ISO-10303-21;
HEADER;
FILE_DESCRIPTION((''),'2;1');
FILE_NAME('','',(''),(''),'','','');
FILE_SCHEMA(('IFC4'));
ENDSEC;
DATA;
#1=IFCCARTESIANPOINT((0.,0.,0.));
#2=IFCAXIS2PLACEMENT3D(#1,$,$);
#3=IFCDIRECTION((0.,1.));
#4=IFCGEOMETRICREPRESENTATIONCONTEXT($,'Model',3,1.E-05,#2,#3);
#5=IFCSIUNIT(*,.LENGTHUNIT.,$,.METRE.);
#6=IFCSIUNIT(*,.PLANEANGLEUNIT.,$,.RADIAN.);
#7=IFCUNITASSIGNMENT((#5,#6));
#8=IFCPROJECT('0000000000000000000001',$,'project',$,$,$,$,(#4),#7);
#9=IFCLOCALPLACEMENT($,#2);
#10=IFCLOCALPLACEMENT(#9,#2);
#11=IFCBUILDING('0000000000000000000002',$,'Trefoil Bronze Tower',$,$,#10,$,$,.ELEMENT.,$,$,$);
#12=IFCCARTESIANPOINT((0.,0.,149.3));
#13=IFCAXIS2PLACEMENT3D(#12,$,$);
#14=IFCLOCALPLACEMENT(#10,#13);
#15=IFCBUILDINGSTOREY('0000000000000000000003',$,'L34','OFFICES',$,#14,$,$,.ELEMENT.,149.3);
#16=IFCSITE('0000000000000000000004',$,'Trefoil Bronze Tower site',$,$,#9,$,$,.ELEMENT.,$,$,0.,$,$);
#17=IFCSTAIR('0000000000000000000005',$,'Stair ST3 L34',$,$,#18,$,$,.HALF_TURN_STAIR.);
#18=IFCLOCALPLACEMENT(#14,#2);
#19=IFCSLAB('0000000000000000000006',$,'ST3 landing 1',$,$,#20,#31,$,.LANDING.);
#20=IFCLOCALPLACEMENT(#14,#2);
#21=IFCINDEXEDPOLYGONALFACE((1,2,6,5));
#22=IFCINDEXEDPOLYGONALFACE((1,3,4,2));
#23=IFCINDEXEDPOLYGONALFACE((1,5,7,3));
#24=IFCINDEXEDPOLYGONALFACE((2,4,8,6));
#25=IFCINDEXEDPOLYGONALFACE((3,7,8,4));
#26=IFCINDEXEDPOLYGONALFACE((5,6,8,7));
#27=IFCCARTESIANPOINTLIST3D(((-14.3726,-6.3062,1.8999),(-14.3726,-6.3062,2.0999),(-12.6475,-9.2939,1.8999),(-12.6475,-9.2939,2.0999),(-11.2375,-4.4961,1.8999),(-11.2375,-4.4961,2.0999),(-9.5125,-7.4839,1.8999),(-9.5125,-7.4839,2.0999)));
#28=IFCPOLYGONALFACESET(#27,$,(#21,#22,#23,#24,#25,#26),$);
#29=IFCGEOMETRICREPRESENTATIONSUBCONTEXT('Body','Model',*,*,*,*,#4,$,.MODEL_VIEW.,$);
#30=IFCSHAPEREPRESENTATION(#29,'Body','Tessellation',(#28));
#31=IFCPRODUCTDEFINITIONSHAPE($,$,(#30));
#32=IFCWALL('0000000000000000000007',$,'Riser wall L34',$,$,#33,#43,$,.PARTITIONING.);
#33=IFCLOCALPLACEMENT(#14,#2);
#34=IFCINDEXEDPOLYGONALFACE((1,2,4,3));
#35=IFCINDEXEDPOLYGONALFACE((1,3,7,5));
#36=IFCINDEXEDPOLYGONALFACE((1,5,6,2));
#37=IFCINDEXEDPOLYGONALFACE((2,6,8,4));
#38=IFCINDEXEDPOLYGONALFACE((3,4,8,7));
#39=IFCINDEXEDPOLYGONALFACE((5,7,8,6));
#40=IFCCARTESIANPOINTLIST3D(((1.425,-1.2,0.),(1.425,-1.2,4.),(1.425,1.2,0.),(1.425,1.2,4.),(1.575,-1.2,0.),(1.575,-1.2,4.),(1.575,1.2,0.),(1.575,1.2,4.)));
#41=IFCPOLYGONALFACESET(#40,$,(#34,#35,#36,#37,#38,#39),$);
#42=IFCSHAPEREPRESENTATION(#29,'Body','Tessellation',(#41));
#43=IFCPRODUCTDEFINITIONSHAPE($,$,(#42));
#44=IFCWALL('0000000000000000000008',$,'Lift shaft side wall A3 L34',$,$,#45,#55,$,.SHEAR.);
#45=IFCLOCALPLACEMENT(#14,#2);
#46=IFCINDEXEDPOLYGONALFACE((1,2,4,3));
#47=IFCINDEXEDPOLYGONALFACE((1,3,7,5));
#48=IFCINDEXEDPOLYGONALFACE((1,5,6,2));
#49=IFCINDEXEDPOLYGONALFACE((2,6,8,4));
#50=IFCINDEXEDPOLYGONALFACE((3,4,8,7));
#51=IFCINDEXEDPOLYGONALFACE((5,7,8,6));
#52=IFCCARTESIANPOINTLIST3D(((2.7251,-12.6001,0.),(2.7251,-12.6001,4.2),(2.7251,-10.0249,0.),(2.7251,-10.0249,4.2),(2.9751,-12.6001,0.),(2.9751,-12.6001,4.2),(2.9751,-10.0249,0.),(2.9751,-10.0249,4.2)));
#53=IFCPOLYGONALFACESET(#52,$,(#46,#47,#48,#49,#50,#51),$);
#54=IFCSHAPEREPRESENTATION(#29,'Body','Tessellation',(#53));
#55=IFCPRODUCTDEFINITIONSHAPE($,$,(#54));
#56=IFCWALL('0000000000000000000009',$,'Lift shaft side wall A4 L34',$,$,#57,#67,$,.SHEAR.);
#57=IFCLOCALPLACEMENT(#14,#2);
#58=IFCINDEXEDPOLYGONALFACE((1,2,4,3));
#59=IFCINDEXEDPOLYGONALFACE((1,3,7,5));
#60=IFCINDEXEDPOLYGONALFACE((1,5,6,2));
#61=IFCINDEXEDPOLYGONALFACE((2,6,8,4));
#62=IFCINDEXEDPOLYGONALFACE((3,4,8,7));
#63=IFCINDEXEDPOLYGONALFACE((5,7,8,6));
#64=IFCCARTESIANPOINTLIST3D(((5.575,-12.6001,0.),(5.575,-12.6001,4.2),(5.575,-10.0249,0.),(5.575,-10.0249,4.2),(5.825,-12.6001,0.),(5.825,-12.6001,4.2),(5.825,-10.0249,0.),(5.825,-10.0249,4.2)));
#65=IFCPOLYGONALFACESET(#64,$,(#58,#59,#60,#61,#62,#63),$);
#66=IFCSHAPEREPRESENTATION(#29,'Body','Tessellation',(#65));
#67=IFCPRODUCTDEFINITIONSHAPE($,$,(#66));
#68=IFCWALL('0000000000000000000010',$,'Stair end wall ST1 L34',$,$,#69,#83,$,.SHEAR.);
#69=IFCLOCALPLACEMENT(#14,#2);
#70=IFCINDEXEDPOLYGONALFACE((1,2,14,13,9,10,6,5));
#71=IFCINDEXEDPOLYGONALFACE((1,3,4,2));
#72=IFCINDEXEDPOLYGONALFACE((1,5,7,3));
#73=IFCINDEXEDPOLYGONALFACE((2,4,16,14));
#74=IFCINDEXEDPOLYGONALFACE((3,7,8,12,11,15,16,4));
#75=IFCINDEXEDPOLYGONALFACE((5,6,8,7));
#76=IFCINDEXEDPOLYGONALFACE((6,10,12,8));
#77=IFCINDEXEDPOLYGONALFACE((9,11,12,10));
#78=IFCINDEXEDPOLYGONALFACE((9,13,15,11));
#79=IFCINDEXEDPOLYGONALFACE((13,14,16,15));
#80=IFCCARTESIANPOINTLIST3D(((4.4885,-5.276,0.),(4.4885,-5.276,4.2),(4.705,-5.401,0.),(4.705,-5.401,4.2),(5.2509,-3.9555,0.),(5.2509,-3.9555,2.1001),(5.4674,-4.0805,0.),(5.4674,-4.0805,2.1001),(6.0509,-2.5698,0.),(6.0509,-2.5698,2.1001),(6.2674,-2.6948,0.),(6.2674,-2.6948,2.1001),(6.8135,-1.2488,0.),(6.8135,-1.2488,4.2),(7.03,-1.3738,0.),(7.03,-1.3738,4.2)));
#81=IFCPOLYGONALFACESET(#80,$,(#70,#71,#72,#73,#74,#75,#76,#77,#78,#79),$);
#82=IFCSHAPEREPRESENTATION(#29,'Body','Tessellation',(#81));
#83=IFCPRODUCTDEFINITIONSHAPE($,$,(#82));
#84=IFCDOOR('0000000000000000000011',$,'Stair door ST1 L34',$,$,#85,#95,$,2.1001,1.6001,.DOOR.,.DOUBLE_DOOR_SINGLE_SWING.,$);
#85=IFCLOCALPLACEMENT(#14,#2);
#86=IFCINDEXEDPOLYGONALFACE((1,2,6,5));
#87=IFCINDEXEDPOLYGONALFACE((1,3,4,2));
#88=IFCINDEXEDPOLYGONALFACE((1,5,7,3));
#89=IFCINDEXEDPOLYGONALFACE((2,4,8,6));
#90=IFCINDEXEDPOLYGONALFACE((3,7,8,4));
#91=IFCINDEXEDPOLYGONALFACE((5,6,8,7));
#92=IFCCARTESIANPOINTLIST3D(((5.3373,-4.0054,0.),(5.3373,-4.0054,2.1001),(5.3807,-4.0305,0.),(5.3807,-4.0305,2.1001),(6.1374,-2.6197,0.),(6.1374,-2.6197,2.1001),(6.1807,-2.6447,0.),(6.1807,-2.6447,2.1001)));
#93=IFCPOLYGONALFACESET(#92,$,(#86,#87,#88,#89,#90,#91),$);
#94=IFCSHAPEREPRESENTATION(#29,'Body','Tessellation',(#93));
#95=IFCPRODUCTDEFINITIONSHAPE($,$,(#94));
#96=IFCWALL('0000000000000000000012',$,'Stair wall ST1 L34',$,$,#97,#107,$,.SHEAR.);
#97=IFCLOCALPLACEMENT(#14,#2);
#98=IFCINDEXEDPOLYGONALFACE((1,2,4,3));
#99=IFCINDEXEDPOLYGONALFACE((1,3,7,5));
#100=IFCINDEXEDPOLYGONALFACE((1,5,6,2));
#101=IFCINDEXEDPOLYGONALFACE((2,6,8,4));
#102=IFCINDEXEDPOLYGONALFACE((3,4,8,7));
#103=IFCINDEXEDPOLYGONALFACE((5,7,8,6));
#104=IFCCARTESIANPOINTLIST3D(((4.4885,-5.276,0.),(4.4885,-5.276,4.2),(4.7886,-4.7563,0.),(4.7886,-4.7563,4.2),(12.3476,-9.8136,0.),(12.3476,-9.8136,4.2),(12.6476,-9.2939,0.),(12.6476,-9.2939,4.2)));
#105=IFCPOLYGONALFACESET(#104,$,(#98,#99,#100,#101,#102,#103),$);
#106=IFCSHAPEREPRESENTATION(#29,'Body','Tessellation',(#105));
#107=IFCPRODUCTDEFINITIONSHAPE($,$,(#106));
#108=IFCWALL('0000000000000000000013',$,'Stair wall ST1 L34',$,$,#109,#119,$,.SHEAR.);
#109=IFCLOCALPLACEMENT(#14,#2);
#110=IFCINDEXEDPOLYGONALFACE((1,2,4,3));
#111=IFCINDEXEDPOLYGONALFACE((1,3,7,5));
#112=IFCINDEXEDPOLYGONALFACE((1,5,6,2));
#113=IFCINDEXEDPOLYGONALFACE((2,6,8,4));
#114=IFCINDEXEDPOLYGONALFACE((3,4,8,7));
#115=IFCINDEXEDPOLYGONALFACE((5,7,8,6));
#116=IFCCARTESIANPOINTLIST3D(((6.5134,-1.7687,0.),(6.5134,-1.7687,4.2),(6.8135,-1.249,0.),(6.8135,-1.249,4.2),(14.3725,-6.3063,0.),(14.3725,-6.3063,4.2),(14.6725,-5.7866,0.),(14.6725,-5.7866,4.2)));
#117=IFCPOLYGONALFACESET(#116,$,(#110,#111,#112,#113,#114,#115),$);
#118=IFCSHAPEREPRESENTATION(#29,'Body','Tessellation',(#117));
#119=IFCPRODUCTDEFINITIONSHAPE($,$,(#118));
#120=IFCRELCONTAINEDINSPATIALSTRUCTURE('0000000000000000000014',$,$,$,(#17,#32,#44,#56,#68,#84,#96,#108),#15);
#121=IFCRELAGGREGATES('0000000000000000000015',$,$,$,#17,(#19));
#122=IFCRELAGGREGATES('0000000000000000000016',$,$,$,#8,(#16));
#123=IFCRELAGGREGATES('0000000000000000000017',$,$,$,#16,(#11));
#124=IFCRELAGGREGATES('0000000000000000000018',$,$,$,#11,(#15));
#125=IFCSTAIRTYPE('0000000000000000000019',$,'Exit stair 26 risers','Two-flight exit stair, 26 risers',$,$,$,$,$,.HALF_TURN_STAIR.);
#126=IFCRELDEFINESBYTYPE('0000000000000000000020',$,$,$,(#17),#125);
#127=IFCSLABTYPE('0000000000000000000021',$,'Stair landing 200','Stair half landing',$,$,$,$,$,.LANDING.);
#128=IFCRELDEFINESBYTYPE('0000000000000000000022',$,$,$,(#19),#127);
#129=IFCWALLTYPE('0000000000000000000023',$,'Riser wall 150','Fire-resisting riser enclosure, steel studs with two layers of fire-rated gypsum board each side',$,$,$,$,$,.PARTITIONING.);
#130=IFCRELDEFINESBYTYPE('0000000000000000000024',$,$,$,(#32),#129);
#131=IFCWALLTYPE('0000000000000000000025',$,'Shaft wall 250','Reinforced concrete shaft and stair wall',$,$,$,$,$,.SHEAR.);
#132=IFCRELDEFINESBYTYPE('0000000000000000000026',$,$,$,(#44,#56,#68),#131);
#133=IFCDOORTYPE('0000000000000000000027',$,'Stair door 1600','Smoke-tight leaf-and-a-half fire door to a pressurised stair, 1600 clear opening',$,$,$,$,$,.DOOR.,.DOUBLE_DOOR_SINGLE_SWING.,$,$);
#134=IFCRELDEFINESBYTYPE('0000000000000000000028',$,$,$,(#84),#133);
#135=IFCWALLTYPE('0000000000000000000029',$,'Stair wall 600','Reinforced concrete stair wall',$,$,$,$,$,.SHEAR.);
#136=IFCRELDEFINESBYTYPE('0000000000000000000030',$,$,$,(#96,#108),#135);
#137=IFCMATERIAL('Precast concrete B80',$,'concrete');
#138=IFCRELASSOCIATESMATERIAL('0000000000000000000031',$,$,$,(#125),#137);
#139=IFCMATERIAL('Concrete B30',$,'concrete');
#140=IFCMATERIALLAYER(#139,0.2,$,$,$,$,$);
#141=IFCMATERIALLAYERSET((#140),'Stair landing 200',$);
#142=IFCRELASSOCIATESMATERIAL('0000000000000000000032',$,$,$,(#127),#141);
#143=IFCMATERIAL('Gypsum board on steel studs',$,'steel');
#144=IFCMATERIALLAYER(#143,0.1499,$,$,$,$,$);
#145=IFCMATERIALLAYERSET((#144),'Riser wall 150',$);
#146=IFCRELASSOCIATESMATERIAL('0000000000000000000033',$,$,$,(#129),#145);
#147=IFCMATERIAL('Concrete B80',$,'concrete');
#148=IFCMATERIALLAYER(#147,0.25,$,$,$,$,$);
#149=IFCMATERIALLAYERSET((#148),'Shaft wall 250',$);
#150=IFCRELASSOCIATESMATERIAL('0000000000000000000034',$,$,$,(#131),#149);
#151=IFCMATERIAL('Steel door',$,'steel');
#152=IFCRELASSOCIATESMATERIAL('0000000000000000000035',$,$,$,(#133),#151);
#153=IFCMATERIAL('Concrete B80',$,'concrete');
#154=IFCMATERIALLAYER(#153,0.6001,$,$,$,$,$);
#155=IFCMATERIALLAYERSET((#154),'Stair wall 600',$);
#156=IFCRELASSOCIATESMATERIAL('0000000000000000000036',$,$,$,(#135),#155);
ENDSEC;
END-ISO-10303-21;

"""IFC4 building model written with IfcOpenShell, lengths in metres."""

from ifc_helpers import new_model, si_unit, direction, frame, frame_2d, origin, place, context, subcontext, project, spatial, polyline, rectangle, outline, extrude, material, layer, layer_set, type_object, element, fill, aggregate, save


model = new_model("IFC4")

# Units and contexts
model_context = context("Model", 3, precision=1e-05, world=origin(), true_north=direction((0.0, 1.0)))
body_context = subcontext(model_context, "Body", "Model", "MODEL_VIEW")
ifc_project = project(units=[si_unit("LENGTHUNIT", "METRE"), si_unit("PLANEANGLEUNIT", "RADIAN")], contexts=[model_context])

# Site, building, storey
site_placement = place(None, origin())
site = spatial("IfcSite", under=ifc_project, at=site_placement, Name="Trefoil Bronze Tower site", CompositionType="ELEMENT", RefElevation=0.0)
building_placement = place(site_placement, origin())
building = spatial("IfcBuilding", under=site, at=building_placement, Name="Trefoil Bronze Tower", CompositionType="ELEMENT")
storey_placement = place(building_placement, frame((0.0, 0.0, 149.3)))
storey = spatial("IfcBuildingStorey", under=building, at=storey_placement, Name="L34", Description="OFFICES", CompositionType="ELEMENT", Elevation=149.3)

# Stair, slab
ifc_material_1 = material(Name="Precast concrete B80", Category="concrete")
stair_type = type_object("IfcStairType", Name="Exit stair 26 risers", Description="Two-flight exit stair, 26 risers", PredefinedType="HALF_TURN_STAIR", material=ifc_material_1)
stair_placement = place(storey_placement, origin())
stair = element("IfcStair", 1, at=stair_placement, inside=storey, type_object=stair_type, Name="Stair ST3 L34", PredefinedType="HALF_TURN_STAIR")
ifc_material_2 = material(Name="Concrete B30", Category="concrete")
ifc_layer_1 = layer(ifc_material_2, 0.2)
ifc_layer_set_1 = layer_set([ifc_layer_1], Name="Stair landing 200")
slab_type = type_object("IfcSlabType", Name="Stair landing 200", Description="Stair half landing", PredefinedType="LANDING", material=ifc_layer_set_1)
slab_placement = place(storey_placement, frame((0.0, 0.0, 1.8999)))
slab = element("IfcSlab", 2, at=slab_placement, type_object=slab_type, Name="ST3 landing 1", PredefinedType="LANDING", context=body_context, shape_type="SweptSolid", body=[
    extrude(outline(polyline([(-11.2375, -4.4961), (-14.3726, -6.3062), (-12.6475, -9.2939), (-9.5125, -7.4839), (-11.2375, -4.4961)])), origin(), (0.0, 0.0, 1.0), 0.2),
])
aggregate(stair, [slab])

# Walls
ifc_material_3 = material(Name="Gypsum board on steel studs", Category="steel")
ifc_layer_2 = layer(ifc_material_3, 0.1499)
ifc_layer_set_2 = layer_set([ifc_layer_2], Name="Riser wall 150")
wall_type_1 = type_object("IfcWallType", Name="Riser wall 150", Description="Fire-resisting riser enclosure, steel studs with two layers of fire-rated gypsum board each side", PredefinedType="PARTITIONING", material=ifc_layer_set_2)
wall_1_placement = place(storey_placement, frame((1.5, -1.2, 0.0), z_axis=(0.0, 0.0, 1.0), x_axis=(0.0, 1.0, 0.0)))
element("IfcWall", 3, at=wall_1_placement, inside=storey, type_object=wall_type_1, Name="Riser wall L34", PredefinedType="PARTITIONING", context=body_context, shape_type="SweptSolid", body=[
    extrude(rectangle(XDim=2.3999, YDim=0.1499, at=frame_2d((1.2, 0.0))), origin(), (0.0, 0.0, 1.0), 4.0),
])
ifc_material_4 = material(Name="Concrete B80", Category="concrete")
ifc_layer_3 = layer(ifc_material_4, 0.25)
ifc_layer_set_3 = layer_set([ifc_layer_3], Name="Shaft wall 250")
wall_type_2 = type_object("IfcWallType", Name="Shaft wall 250", Description="Reinforced concrete shaft and stair wall", PredefinedType="SHEAR", material=ifc_layer_set_3)
for number, where, z_axis, x_axis, name in (
    (4, (2.8501, -10.0249, 0.0), (0.0, 0.0, 1.0), (0.0, -1.0, 0.0), "Lift shaft side wall A3 L34"),
    (5, (5.7, -10.0249, 0.0), (0.0, 0.0, 1.0), (0.0, -1.0, 0.0), "Lift shaft side wall A4 L34"),
):
    element("IfcWall", number, at=place(storey_placement, frame(where, z_axis=z_axis, x_axis=x_axis)), inside=storey, type_object=wall_type_2, Name=name, PredefinedType="SHEAR", context=body_context, shape_type="SweptSolid", body=[
        extrude(rectangle(XDim=2.5752, YDim=0.25, at=frame_2d((1.2876, 0.0))), origin(), (0.0, 0.0, 1.0), 4.2),
    ])

# Wall, opening, door
wall_2_placement = place(storey_placement, frame((4.5967, -5.3386, 0.0), z_axis=(0.0, 0.0, 1.0), x_axis=(0.499985, 0.866034, 0.0)))
wall_2 = element("IfcWall", 6, at=wall_2_placement, inside=storey, type_object=wall_type_2, Name="Stair end wall ST1 L34", PredefinedType="SHEAR", context=body_context, shape_type="SweptSolid", body=[
    extrude(rectangle(XDim=4.6501, YDim=0.25, at=frame_2d((2.3252, 0.0))), origin(), (0.0, 0.0, 1.0), 4.2),
])
opening_placement = place(wall_2_placement, frame((1.5249, 0.0, 0.0)))
opening = element("IfcOpeningElement", 7, at=opening_placement, cuts=wall_2, PredefinedType="OPENING", context=body_context, shape_type="SweptSolid", body=[
    extrude(rectangle(XDim=1.6001, YDim=2.1001, at=frame_2d((0.8, 1.05))), frame((0.0, 0.135, 0.0), z_axis=(0.0, -1.0, 0.0), x_axis=(1.0, 0.0, 0.0)), (0.0, 0.0, 1.0), 0.27),
])
ifc_material_5 = material(Name="Steel door", Category="steel")
door_type = type_object("IfcDoorType", Name="Stair door 1600", Description="Smoke-tight leaf-and-a-half fire door to a pressurised stair, 1600 clear opening", OperationType="DOUBLE_DOOR_SINGLE_SWING", PredefinedType="DOOR", material=ifc_material_5)
door_placement = place(opening_placement, frame((1.6001, 0.0, 0.0), z_axis=(0.0, 0.0, 1.0), x_axis=(-1.0, 0.0, 0.0)))
door = element("IfcDoor", 8, at=door_placement, inside=storey, type_object=door_type, Name="Stair door ST1 L34", OperationType="DOUBLE_DOOR_SINGLE_SWING", OverallHeight=2.1001, OverallWidth=1.6001, PredefinedType="DOOR", context=body_context, shape_type="SweptSolid", body=[
    extrude(rectangle(XDim=1.6001, YDim=2.1001, at=frame_2d((0.8, 1.05))), frame((0.0, 0.0249, 0.0), z_axis=(0.0, -1.0, 0.0), x_axis=(1.0, 0.0, 0.0)), (0.0, 0.0, 1.0), 0.05),
])
fill(opening, door)

# Walls
ifc_material_6 = material(Name="Concrete B80", Category="concrete")
ifc_layer_4 = layer(ifc_material_6, 0.6001)
ifc_layer_set_4 = layer_set([ifc_layer_4], Name="Stair wall 600")
wall_type_3 = type_object("IfcWallType", Name="Stair wall 600", Description="Reinforced concrete stair wall", PredefinedType="SHEAR", material=ifc_layer_set_4)
for number, where, z_axis, x_axis, name in (
    (9, (4.6384, -5.0161, 0.0), (0.0, 0.0, 1.0), (0.866019, -0.50001, 0.0), "Stair wall ST1 L34"),
    (10, (6.6633, -1.5088, 0.0), (0.0, 0.0, 1.0), (0.866019, -0.50001, 0.0), "Stair wall ST1 L34"),
):
    element("IfcWall", number, at=place(storey_placement, frame(where, z_axis=z_axis, x_axis=x_axis)), inside=storey, type_object=wall_type_3, Name=name, PredefinedType="SHEAR", context=body_context, shape_type="SweptSolid", body=[
        extrude(rectangle(XDim=9.075, YDim=0.6001, at=frame_2d((4.5376, 0.0))), origin(), (0.0, 0.0, 1.0), 4.2),
    ])

save(model, "model.ifc")
